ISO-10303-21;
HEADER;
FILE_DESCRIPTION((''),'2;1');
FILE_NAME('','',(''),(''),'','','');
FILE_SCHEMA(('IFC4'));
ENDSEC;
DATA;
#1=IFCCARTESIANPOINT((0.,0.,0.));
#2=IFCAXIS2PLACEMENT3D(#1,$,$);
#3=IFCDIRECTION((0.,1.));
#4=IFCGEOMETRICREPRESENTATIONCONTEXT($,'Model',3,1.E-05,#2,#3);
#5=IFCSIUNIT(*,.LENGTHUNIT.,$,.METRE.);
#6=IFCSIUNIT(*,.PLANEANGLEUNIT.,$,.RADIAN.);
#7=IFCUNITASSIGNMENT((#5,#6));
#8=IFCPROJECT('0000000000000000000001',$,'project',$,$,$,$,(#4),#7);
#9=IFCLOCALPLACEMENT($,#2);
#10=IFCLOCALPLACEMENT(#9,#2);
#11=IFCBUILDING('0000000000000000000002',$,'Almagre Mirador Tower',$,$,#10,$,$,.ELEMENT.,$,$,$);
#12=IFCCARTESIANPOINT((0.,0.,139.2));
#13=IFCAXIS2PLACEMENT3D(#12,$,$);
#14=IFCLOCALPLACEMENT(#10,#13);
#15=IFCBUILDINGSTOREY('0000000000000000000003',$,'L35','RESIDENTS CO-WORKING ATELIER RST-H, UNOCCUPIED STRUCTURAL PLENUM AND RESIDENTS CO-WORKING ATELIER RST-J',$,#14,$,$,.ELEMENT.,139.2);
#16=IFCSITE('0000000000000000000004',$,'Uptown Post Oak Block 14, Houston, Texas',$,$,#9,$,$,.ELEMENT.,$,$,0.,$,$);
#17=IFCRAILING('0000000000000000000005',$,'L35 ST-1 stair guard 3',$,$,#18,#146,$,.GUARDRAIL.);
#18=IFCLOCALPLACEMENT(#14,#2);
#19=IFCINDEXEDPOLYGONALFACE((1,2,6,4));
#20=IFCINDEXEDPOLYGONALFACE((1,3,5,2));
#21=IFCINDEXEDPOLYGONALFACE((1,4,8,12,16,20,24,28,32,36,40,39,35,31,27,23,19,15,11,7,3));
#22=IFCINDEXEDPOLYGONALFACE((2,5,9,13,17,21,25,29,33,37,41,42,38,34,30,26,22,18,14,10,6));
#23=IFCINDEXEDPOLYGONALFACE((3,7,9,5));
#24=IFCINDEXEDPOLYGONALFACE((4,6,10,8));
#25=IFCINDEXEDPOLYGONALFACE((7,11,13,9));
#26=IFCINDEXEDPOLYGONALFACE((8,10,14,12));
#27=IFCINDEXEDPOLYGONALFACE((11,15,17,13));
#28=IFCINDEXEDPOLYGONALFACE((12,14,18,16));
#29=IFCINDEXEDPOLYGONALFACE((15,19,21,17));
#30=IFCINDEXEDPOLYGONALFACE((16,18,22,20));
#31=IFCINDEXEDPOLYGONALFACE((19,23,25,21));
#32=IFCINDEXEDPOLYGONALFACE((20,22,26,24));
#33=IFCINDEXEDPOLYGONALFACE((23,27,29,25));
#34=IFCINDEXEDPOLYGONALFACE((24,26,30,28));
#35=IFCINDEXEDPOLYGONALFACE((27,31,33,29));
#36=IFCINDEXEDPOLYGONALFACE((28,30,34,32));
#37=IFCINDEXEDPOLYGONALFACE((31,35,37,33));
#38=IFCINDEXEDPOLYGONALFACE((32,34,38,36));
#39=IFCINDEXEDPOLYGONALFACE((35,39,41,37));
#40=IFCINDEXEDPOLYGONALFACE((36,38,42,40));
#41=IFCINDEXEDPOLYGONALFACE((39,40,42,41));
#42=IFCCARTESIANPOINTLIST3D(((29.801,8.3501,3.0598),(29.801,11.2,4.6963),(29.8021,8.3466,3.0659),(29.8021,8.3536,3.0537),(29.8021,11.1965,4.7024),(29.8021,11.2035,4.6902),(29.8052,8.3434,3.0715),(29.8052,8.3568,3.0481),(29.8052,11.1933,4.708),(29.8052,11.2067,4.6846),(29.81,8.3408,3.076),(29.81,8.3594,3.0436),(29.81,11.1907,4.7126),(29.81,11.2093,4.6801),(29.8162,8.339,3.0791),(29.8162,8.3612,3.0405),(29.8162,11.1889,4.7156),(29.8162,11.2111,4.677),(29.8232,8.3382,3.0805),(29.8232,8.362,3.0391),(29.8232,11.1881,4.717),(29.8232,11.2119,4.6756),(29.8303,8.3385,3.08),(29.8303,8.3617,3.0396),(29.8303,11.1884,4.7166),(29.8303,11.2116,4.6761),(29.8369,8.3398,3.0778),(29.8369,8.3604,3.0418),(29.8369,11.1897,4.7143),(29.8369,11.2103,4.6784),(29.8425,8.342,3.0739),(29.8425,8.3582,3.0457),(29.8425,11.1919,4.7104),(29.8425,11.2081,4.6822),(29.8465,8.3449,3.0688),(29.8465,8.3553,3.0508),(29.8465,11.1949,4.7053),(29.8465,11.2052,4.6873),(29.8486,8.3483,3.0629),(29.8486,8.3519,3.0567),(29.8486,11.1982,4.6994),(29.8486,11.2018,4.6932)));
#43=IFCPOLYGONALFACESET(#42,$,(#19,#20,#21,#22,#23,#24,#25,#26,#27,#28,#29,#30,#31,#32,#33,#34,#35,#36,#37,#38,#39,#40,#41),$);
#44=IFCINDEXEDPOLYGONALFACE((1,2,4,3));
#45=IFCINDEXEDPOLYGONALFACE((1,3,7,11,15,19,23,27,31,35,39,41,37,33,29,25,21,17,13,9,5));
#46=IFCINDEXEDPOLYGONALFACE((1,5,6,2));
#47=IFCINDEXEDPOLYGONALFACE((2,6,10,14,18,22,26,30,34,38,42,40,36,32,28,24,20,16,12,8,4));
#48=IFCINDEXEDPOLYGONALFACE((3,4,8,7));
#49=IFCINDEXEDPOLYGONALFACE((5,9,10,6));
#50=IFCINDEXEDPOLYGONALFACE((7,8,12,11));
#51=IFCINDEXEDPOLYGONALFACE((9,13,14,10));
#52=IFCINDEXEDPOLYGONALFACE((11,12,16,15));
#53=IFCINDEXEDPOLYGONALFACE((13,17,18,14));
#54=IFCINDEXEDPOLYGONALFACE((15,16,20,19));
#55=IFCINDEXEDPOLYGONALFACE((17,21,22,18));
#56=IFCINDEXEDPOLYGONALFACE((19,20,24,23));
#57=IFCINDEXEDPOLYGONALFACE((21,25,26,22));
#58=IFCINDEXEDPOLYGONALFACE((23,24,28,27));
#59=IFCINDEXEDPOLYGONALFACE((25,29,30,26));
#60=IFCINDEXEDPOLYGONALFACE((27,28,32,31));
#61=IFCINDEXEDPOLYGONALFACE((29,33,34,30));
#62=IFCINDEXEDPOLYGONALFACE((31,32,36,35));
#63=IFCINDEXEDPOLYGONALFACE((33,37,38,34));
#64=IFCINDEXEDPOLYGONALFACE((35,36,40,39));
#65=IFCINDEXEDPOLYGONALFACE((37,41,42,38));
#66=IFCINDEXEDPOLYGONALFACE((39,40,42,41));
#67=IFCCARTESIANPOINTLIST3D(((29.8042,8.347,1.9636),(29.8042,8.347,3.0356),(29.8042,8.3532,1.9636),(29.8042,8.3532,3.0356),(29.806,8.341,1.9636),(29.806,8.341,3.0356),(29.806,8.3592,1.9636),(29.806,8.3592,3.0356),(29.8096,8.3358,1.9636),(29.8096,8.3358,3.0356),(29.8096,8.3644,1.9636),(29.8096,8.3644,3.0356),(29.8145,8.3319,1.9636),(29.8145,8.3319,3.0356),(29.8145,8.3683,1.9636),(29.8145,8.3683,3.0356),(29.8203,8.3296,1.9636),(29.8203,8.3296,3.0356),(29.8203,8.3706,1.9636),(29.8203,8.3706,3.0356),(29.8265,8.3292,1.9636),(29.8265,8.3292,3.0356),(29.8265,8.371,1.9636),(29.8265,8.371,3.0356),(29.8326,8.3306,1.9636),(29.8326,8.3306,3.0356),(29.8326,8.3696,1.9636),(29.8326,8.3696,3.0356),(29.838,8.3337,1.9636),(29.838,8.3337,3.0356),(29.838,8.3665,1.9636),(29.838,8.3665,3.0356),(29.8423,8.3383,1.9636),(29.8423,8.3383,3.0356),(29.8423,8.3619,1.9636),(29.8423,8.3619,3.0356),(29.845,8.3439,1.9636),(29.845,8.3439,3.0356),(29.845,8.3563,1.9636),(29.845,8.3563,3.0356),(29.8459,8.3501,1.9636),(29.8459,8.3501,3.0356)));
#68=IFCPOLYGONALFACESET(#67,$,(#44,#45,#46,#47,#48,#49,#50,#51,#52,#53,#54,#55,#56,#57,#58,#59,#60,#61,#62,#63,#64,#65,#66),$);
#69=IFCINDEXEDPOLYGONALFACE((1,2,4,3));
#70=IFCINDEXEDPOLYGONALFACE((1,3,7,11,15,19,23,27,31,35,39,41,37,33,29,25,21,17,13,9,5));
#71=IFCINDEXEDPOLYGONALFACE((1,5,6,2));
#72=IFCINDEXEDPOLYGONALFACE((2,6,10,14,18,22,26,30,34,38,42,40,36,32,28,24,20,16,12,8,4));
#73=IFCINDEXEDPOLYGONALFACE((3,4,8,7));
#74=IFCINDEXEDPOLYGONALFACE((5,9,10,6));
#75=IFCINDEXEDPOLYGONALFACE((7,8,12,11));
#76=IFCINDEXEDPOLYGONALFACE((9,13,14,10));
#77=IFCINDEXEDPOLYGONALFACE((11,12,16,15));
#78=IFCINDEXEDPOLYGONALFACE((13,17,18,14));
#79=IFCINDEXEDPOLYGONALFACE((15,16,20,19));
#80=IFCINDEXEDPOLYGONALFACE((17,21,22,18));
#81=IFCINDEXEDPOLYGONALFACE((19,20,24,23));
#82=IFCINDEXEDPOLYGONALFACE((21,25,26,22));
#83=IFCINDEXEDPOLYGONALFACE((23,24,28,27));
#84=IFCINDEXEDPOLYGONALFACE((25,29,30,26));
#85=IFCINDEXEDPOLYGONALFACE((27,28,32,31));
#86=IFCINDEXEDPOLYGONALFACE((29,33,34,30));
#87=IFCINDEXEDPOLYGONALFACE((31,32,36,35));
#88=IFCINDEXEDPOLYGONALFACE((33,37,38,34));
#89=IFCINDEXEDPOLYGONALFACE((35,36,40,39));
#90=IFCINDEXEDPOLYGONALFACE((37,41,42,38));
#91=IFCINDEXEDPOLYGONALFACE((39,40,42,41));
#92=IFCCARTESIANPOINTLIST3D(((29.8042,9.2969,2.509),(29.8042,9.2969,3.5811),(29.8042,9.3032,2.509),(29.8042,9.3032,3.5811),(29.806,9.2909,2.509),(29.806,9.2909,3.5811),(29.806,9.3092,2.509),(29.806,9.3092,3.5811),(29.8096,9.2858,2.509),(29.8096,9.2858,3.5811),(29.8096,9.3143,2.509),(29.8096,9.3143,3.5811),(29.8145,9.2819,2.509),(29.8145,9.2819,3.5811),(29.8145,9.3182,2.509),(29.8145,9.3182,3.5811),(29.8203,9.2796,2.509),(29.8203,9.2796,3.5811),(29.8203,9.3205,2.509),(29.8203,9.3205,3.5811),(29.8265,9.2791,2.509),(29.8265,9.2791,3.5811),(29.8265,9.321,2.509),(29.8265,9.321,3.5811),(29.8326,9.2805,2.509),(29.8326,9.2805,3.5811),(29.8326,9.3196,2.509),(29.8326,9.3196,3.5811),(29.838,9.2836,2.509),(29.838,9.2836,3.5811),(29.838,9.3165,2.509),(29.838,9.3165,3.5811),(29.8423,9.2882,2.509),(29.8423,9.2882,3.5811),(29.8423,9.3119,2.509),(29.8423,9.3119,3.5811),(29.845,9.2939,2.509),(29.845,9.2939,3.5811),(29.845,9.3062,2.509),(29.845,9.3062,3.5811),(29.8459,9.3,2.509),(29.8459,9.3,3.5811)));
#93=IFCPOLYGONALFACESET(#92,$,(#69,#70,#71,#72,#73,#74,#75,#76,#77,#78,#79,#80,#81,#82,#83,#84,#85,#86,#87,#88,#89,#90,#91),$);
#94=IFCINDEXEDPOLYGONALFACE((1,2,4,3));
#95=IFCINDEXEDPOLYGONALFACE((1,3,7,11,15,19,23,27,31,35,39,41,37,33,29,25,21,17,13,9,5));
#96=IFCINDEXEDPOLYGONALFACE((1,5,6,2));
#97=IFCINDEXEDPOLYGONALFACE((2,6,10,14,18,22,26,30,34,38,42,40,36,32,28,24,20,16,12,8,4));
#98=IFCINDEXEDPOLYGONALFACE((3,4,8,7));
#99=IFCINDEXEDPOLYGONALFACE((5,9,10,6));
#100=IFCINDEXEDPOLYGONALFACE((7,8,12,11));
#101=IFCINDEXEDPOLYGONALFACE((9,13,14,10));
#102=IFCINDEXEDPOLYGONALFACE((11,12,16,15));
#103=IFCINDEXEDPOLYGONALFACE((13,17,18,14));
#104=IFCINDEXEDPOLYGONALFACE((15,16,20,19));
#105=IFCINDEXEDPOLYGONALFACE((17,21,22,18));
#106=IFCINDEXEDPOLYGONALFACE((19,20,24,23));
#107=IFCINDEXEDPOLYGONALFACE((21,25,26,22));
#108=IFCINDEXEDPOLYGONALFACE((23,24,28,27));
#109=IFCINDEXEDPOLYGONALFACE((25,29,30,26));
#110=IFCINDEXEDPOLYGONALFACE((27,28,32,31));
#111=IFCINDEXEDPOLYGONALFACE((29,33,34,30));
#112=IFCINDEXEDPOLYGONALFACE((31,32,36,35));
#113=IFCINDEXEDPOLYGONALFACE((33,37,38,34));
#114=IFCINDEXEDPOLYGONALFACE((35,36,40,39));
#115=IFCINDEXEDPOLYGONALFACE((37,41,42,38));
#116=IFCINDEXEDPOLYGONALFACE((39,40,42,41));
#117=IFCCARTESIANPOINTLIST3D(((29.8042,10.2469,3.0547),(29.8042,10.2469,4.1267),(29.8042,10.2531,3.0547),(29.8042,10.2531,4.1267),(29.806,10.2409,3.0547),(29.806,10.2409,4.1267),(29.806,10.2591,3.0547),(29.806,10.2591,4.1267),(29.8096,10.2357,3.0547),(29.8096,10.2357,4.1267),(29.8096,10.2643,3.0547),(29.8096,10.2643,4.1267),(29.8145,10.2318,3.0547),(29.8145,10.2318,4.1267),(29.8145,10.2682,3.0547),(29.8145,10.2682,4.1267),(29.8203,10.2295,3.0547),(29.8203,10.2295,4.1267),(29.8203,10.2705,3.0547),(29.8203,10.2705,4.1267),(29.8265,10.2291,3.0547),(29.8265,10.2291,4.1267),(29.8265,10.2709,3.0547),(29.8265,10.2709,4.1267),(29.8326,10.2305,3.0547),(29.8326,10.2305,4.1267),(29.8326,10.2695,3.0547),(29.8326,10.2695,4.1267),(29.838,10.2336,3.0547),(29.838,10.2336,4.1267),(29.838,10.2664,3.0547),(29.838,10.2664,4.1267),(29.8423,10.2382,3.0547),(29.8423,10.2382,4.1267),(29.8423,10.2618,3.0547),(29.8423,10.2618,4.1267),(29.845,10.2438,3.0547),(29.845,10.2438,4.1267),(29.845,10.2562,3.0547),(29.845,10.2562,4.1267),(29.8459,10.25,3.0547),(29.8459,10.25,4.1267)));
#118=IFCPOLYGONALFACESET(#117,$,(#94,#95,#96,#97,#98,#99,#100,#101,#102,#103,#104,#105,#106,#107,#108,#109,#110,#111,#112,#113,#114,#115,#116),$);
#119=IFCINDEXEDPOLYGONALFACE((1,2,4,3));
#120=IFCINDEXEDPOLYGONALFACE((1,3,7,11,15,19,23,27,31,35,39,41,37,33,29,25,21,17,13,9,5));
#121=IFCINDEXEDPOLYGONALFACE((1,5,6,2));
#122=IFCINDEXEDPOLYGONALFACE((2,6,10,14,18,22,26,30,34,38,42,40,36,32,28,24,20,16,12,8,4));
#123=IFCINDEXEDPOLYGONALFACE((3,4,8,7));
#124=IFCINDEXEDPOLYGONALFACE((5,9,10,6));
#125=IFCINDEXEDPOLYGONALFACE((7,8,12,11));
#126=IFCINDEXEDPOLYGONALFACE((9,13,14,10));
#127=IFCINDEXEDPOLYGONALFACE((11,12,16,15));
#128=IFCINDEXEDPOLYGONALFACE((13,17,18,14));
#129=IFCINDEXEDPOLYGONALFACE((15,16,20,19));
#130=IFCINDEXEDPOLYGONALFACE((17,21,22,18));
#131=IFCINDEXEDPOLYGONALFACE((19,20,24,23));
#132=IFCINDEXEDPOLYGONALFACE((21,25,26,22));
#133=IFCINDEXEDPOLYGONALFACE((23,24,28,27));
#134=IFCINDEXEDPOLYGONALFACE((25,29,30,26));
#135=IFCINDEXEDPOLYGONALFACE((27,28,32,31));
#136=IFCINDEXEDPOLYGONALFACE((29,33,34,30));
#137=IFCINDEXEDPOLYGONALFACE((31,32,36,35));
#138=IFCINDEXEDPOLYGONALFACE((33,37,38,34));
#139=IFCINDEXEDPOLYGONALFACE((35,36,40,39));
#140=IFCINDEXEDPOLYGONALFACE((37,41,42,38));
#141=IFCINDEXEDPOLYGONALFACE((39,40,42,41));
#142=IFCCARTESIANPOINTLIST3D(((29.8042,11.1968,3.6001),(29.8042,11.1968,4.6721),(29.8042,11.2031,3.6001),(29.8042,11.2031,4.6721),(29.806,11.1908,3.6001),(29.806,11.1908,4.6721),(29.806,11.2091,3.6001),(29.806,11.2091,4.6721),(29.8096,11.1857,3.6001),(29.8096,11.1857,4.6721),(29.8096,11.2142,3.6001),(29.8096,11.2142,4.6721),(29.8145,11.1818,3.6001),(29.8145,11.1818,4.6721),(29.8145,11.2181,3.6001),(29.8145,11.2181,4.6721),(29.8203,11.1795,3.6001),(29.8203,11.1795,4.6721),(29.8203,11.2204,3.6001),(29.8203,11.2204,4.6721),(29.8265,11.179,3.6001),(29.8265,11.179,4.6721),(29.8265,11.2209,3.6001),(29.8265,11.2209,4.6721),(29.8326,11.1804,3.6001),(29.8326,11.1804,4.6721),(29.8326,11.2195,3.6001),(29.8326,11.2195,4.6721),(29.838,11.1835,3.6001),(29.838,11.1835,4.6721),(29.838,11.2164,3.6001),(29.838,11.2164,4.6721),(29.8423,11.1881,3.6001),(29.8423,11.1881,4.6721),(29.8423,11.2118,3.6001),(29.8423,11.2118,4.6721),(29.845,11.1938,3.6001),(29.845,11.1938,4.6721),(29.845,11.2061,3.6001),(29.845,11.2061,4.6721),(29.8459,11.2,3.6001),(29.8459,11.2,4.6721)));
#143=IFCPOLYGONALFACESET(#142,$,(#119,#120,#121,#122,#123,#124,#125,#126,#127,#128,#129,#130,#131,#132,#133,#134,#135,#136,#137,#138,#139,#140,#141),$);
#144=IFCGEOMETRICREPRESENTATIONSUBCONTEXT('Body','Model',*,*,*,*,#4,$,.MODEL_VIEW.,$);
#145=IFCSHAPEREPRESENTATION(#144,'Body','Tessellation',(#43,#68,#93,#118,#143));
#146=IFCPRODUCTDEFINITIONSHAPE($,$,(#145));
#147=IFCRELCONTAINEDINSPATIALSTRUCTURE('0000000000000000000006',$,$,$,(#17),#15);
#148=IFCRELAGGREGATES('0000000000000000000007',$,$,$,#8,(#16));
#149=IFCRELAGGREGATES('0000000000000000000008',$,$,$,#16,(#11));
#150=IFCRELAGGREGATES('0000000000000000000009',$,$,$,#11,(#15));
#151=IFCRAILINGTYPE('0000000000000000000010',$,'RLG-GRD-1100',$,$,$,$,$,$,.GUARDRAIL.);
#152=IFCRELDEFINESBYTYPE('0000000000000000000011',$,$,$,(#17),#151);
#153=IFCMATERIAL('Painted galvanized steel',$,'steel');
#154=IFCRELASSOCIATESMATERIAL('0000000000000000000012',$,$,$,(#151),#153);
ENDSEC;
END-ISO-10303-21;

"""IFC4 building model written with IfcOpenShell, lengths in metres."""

from ifc_helpers import new_model, si_unit, direction, frame, origin, origin_2d, place, context, subcontext, project, spatial, circle, extrude, material, type_object, element, save


model = new_model("IFC4")

# Units and contexts
model_context = context("Model", 3, precision=1e-05, world=origin(), true_north=direction((0.0, 1.0)))
body_context = subcontext(model_context, "Body", "Model", "MODEL_VIEW")
ifc_project = project(units=[si_unit("LENGTHUNIT", "METRE"), si_unit("PLANEANGLEUNIT", "RADIAN")], contexts=[model_context])

# Site, building, storey
site_placement = place(None, origin())
site = spatial("IfcSite", under=ifc_project, at=site_placement, Name="Uptown Post Oak Block 14, Houston, Texas", CompositionType="ELEMENT", RefElevation=0.0)
building_placement = place(site_placement, origin())
building = spatial("IfcBuilding", under=site, at=building_placement, Name="Almagre Mirador Tower", CompositionType="ELEMENT")
storey_placement = place(building_placement, frame((0.0, 0.0, 139.2)))
storey = spatial("IfcBuildingStorey", under=building, at=storey_placement, Name="L35", Description="RESIDENTS CO-WORKING ATELIER RST-H, UNOCCUPIED STRUCTURAL PLENUM AND RESIDENTS CO-WORKING ATELIER RST-J", CompositionType="ELEMENT", Elevation=139.2)

# Railing
ifc_material_1 = material(Name="Painted galvanized steel", Category="steel")
railing_type_1 = type_object("IfcRailingType", Name="RLG-GRD-1100", PredefinedType="GUARDRAIL", material=ifc_material_1)
railing_1_placement = place(storey_placement, frame((29.825, 8.3501, 1.9636)))
element("IfcRailing", 1, at=railing_1_placement, inside=storey, type_object=railing_type_1, Name="L35 ST-1 stair guard 3", PredefinedType="GUARDRAIL", context=body_context, shape_type="SweptSolid", body=[
    extrude(circle(Radius=0.0239, at=origin_2d()), frame((0.0, 0.0, 1.0962), z_axis=(0.0, 0.867194, 0.49797), x_axis=(-1.0, 0.0, 0.0)), (0.0, 0.0, 1.0), 3.2864),
    extrude(circle(Radius=0.021, at=origin_2d()), origin(), (0.0, 0.0, 1.0), 1.072),
    extrude(circle(Radius=0.021, at=origin_2d()), frame((0.0, 0.95, 0.5454)), (0.0, 0.0, 1.0), 1.072),
    extrude(circle(Radius=0.021, at=origin_2d()), frame((0.0, 1.8999, 1.0911)), (0.0, 0.0, 1.0), 1.072),
    extrude(circle(Radius=0.021, at=origin_2d()), frame((0.0, 2.8499, 1.6365)), (0.0, 0.0, 1.0), 1.072),
])

save(model, "model.ifc")
